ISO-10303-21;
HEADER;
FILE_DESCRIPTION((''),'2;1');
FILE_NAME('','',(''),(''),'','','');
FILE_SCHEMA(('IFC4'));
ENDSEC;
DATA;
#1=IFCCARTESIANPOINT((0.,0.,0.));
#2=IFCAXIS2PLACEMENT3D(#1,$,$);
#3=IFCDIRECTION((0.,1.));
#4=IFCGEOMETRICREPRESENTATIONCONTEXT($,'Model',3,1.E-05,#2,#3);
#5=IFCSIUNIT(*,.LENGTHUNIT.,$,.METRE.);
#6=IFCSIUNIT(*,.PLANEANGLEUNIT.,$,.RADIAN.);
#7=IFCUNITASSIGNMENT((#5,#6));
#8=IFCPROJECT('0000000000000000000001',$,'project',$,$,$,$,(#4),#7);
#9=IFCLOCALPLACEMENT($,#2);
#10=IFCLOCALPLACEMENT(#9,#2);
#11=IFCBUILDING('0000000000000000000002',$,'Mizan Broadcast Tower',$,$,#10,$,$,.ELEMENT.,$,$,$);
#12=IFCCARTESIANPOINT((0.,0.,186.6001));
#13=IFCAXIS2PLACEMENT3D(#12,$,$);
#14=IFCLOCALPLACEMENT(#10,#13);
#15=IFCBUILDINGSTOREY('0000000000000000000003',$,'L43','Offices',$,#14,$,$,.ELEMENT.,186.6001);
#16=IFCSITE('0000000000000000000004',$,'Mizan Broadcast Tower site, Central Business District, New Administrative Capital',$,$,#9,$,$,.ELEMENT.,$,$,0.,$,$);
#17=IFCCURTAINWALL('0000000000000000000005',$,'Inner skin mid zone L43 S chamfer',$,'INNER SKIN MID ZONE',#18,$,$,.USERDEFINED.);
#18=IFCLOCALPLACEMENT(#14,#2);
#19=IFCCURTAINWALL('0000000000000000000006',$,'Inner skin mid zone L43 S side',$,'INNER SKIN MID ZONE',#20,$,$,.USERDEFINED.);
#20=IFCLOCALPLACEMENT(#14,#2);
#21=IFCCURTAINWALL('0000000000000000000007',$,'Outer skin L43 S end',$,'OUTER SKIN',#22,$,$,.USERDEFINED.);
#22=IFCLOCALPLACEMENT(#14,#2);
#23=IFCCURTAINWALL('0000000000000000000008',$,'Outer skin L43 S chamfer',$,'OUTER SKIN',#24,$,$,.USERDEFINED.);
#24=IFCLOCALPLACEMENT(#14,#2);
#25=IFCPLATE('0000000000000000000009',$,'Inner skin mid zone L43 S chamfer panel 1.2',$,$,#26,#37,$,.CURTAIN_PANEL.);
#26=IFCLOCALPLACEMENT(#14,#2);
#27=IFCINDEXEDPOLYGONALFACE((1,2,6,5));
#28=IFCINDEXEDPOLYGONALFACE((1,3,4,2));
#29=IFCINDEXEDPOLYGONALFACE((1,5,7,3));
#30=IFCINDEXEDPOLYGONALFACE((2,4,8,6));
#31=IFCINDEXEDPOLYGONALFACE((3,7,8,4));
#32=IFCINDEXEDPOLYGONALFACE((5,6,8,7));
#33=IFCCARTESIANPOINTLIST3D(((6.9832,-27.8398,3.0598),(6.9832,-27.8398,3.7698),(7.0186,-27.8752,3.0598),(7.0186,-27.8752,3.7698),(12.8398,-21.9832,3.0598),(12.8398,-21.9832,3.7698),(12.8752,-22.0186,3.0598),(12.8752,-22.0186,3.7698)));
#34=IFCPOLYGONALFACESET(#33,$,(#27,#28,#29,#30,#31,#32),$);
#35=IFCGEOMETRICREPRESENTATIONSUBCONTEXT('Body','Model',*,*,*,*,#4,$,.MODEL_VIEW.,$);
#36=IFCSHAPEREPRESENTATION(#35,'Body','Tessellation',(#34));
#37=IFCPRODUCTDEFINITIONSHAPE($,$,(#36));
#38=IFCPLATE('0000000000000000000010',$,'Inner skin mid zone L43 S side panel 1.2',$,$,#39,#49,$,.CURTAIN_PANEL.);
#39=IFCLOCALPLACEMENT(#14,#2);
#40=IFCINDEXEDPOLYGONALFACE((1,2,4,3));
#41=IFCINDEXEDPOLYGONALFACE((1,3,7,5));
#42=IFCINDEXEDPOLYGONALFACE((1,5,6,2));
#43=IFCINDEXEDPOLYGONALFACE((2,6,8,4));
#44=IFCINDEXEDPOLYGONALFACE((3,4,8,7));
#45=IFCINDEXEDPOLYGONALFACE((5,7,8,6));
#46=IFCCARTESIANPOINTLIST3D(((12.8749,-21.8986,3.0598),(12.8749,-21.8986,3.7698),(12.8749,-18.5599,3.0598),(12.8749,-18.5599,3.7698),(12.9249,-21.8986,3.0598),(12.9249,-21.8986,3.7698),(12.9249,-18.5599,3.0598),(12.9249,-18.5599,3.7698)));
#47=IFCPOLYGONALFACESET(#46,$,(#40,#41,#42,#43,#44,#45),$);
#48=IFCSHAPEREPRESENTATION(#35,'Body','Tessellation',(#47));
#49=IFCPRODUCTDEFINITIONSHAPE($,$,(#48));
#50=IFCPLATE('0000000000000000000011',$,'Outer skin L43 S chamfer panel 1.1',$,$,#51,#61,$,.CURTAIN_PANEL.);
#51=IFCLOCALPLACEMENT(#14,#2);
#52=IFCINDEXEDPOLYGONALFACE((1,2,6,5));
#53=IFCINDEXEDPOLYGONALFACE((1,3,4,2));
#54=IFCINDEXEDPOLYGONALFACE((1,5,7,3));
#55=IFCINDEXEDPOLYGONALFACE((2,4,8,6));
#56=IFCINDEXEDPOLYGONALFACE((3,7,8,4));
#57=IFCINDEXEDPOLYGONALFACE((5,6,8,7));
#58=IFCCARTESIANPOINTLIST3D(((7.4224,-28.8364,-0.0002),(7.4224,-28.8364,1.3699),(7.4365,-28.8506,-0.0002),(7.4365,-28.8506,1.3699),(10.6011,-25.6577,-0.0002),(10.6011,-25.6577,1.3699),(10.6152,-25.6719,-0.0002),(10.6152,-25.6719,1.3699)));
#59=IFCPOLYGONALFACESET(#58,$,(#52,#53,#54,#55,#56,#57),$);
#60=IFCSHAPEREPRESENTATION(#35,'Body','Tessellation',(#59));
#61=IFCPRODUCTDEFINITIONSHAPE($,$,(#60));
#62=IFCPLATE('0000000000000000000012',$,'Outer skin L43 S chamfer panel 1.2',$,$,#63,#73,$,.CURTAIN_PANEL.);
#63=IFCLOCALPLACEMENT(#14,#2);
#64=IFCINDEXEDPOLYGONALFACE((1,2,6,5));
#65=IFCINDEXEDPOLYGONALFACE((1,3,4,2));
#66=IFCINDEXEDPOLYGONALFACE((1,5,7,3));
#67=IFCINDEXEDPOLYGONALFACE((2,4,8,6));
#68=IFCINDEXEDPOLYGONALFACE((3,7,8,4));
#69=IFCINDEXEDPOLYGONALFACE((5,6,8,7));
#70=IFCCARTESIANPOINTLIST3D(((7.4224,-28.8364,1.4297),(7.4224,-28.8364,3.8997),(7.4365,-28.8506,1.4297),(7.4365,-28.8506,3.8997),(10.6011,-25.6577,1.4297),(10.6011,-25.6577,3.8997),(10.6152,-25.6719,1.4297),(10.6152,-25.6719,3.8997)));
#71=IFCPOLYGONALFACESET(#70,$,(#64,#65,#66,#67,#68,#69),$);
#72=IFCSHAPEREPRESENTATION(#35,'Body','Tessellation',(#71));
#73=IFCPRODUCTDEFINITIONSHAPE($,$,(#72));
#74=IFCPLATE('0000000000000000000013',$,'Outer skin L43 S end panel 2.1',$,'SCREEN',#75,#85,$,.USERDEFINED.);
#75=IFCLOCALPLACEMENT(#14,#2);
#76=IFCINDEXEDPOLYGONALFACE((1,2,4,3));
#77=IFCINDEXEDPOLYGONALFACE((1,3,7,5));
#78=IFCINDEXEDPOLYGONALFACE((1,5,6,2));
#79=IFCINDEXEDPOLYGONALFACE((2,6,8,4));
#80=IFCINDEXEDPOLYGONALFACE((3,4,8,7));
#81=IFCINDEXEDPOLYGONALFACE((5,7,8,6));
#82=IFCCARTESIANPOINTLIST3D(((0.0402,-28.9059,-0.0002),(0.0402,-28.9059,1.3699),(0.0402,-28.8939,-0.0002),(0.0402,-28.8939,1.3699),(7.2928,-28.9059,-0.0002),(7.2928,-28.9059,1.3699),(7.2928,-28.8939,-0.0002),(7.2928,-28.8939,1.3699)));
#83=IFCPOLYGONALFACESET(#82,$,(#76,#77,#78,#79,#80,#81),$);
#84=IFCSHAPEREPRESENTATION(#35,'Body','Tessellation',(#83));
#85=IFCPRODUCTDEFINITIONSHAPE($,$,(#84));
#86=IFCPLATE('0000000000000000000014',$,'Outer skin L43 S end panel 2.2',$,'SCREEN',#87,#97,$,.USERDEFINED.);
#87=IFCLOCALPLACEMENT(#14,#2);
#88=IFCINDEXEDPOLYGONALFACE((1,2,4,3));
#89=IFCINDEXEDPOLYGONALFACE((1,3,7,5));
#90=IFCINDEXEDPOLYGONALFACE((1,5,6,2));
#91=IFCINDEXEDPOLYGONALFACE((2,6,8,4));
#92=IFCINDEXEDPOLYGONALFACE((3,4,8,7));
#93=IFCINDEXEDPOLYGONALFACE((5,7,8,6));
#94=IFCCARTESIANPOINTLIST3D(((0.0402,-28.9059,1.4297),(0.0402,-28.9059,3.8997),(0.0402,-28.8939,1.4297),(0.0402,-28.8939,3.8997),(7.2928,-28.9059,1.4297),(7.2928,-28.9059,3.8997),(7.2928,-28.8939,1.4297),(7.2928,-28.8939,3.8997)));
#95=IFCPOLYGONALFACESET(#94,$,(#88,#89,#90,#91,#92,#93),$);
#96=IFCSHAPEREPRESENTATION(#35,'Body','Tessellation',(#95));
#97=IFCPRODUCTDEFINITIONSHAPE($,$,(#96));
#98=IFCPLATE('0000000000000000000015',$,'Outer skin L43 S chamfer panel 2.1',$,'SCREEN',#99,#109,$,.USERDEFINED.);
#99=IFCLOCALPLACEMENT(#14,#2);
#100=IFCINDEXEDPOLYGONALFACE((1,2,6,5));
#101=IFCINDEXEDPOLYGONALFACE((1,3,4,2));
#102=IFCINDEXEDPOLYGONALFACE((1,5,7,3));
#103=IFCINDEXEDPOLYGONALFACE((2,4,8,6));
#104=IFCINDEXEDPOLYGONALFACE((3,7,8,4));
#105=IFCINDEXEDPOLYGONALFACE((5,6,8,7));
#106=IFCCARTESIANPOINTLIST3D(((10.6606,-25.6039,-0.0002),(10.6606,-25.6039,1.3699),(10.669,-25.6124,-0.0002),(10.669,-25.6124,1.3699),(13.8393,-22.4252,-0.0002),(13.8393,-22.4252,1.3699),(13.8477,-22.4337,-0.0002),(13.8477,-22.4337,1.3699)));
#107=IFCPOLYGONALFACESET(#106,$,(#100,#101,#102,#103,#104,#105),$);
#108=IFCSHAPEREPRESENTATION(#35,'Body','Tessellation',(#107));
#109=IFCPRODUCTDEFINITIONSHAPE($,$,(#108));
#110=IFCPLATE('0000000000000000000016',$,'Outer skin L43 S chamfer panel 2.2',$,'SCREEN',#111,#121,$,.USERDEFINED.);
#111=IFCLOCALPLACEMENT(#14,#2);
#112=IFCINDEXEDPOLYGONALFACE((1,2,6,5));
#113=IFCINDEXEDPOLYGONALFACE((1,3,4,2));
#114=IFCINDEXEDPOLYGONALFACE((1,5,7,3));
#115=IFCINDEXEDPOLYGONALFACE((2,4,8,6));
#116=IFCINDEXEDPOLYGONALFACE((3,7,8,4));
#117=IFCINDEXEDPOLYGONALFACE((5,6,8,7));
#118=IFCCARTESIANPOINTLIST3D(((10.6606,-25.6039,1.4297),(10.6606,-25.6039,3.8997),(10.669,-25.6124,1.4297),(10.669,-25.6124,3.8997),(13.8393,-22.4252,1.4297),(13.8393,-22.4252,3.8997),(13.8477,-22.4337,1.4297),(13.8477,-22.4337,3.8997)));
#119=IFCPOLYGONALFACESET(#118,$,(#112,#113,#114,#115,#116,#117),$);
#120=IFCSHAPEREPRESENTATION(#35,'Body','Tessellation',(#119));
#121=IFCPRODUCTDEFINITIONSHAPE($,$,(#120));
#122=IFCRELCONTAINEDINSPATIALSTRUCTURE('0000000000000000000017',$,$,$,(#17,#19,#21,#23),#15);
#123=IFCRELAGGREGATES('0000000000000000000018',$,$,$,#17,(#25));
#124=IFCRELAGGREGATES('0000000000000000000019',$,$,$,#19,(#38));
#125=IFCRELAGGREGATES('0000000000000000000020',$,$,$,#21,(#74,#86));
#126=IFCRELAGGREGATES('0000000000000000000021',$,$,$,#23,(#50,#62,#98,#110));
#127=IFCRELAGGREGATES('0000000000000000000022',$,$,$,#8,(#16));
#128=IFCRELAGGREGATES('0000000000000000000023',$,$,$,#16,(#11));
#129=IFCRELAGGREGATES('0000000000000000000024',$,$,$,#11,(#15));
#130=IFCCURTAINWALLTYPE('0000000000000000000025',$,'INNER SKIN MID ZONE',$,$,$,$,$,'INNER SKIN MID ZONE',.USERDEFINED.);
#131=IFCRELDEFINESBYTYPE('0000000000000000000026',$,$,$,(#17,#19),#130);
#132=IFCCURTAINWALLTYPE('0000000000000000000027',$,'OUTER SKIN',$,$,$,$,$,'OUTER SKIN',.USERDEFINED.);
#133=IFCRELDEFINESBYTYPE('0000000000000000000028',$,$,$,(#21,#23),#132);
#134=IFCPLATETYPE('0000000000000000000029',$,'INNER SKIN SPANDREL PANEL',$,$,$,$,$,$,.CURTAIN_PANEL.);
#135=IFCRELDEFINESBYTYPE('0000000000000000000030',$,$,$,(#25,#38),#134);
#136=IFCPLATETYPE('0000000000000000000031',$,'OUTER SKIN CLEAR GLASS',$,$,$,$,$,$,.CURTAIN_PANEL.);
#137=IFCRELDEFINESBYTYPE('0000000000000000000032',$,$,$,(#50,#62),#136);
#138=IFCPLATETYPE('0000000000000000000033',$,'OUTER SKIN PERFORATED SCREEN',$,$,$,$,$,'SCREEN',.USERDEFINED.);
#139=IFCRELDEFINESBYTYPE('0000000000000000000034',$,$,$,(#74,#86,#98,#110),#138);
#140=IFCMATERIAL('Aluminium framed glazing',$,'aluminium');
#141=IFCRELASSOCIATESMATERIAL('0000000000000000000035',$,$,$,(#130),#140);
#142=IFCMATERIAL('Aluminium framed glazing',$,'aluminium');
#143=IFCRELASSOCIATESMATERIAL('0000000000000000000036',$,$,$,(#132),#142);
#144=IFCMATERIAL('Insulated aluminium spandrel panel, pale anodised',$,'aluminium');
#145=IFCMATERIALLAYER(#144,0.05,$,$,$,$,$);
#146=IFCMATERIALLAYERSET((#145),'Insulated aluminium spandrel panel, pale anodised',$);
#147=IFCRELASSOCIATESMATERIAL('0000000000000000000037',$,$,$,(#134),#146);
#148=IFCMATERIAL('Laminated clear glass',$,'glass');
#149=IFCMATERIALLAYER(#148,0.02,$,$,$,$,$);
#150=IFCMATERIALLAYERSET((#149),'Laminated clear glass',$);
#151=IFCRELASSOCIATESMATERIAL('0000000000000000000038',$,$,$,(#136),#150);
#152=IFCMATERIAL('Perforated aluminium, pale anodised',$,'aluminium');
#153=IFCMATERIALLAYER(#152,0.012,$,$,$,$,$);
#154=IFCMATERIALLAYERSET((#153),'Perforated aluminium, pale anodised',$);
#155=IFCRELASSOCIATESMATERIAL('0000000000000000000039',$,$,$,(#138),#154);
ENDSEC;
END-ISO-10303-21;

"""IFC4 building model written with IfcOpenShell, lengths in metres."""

from ifc_helpers import new_model, si_unit, direction, frame, origin, origin_2d, place, context, subcontext, project, spatial, rectangle, extrude, material, layer, layer_set, type_object, element, aggregate, save


model = new_model("IFC4")

# Units and contexts
model_context = context("Model", 3, precision=1e-05, world=origin(), true_north=direction((0.0, 1.0)))
body_context = subcontext(model_context, "Body", "Model", "MODEL_VIEW")
ifc_project = project(units=[si_unit("LENGTHUNIT", "METRE"), si_unit("PLANEANGLEUNIT", "RADIAN")], contexts=[model_context])

# Site, building, storey
site_placement = place(None, origin())
site = spatial("IfcSite", under=ifc_project, at=site_placement, Name="Mizan Broadcast Tower site, Central Business District, New Administrative Capital", CompositionType="ELEMENT", RefElevation=0.0)
building_placement = place(site_placement, origin())
building = spatial("IfcBuilding", under=site, at=building_placement, Name="Mizan Broadcast Tower", CompositionType="ELEMENT")
storey_placement = place(building_placement, frame((0.0, 0.0, 186.6001)))
storey = spatial("IfcBuildingStorey", under=building, at=storey_placement, Name="L43", Description="Offices", CompositionType="ELEMENT", Elevation=186.6001)

# Shared definitions
ifc_material_1 = material(Name="Aluminium framed glazing", Category="aluminium")
curtain_wall_type_1 = type_object("IfcCurtainWallType", Name="INNER SKIN MID ZONE", ElementType="INNER SKIN MID ZONE", PredefinedType="USERDEFINED", material=ifc_material_1)

# Curtain wall
curtain_wall_1_placement = place(storey_placement, origin())
curtain_wall_1 = element("IfcCurtainWall", 1, at=curtain_wall_1_placement, inside=storey, type_object=curtain_wall_type_1, Name="Inner skin mid zone L43 S chamfer", ObjectType="INNER SKIN MID ZONE", PredefinedType="USERDEFINED")

# Curtain wall
curtain_wall_2_placement = place(storey_placement, origin())
curtain_wall_2 = element("IfcCurtainWall", 2, at=curtain_wall_2_placement, inside=storey, type_object=curtain_wall_type_1, Name="Inner skin mid zone L43 S side", ObjectType="INNER SKIN MID ZONE", PredefinedType="USERDEFINED")

# Curtain wall
ifc_material_2 = material(Name="Aluminium framed glazing", Category="aluminium")
curtain_wall_type_2 = type_object("IfcCurtainWallType", Name="OUTER SKIN", ElementType="OUTER SKIN", PredefinedType="USERDEFINED", material=ifc_material_2)
curtain_wall_3_placement = place(storey_placement, origin())
curtain_wall_3 = element("IfcCurtainWall", 3, at=curtain_wall_3_placement, inside=storey, type_object=curtain_wall_type_2, Name="Outer skin L43 S end", ObjectType="OUTER SKIN", PredefinedType="USERDEFINED")

# Curtain wall
curtain_wall_4_placement = place(storey_placement, origin())
curtain_wall_4 = element("IfcCurtainWall", 4, at=curtain_wall_4_placement, inside=storey, type_object=curtain_wall_type_2, Name="Outer skin L43 S chamfer", ObjectType="OUTER SKIN", PredefinedType="USERDEFINED")

# Plates
ifc_material_3 = material(Name="Insulated aluminium spandrel panel, pale anodised", Category="aluminium")
ifc_layer_1 = layer(ifc_material_3, 0.05)
ifc_layer_set_1 = layer_set([ifc_layer_1], Name="Insulated aluminium spandrel panel, pale anodised")
plate_type_1 = type_object("IfcPlateType", Name="INNER SKIN SPANDREL PANEL", PredefinedType="CURTAIN_PANEL", material=ifc_layer_set_1)
plate_1_placement = place(storey_placement, frame((9.9292, -24.9292, 3.0598), z_axis=(0.0, 0.0, 1.0), x_axis=(0.707107, 0.707107, 0.0)))
plate_1 = element("IfcPlate", 5, at=plate_1_placement, type_object=plate_type_1, Name="Inner skin mid zone L43 S chamfer panel 1.2", PredefinedType="CURTAIN_PANEL", context=body_context, shape_type="SweptSolid", body=[
    extrude(rectangle(XDim=8.2825, YDim=0.05, at=origin_2d()), origin(), (0.0, 0.0, 1.0), 0.71),
])
aggregate(curtain_wall_1, [plate_1])
plate_2_placement = place(storey_placement, frame((12.8999, -20.2292, 3.0598), z_axis=(0.0, 0.0, 1.0), x_axis=(0.0, 1.0, 0.0)))
plate_2 = element("IfcPlate", 6, at=plate_2_placement, type_object=plate_type_1, Name="Inner skin mid zone L43 S side panel 1.2", PredefinedType="CURTAIN_PANEL", context=body_context, shape_type="SweptSolid", body=[
    extrude(rectangle(XDim=3.3386, YDim=0.05, at=origin_2d()), origin(), (0.0, 0.0, 1.0), 0.71),
])
aggregate(curtain_wall_2, [plate_2])
ifc_material_4 = material(Name="Laminated clear glass", Category="glass")
ifc_layer_2 = layer(ifc_material_4, 0.02)
ifc_layer_set_2 = layer_set([ifc_layer_2], Name="Laminated clear glass")
plate_type_2 = type_object("IfcPlateType", Name="OUTER SKIN CLEAR GLASS", PredefinedType="CURTAIN_PANEL", material=ifc_layer_set_2)
plate_3_placement = place(storey_placement, frame((9.0188, -27.2542, -0.0002), z_axis=(0.0, 0.0, 1.0), x_axis=(0.707107, 0.707107, 0.0)))
plate_3 = element("IfcPlate", 7, at=plate_3_placement, type_object=plate_type_2, Name="Outer skin L43 S chamfer panel 1.1", PredefinedType="CURTAIN_PANEL", context=body_context, shape_type="SweptSolid", body=[
    extrude(rectangle(XDim=4.4954, YDim=0.02, at=origin_2d()), origin(), (0.0, 0.0, 1.0), 1.3701),
])
plate_4_placement = place(storey_placement, frame((9.0188, -27.2542, 1.4297), z_axis=(0.0, 0.0, 1.0), x_axis=(0.707107, 0.707107, 0.0)))
plate_4 = element("IfcPlate", 8, at=plate_4_placement, type_object=plate_type_2, Name="Outer skin L43 S chamfer panel 1.2", PredefinedType="CURTAIN_PANEL", context=body_context, shape_type="SweptSolid", body=[
    extrude(rectangle(XDim=4.4954, YDim=0.02, at=origin_2d()), origin(), (0.0, 0.0, 1.0), 2.47),
])
ifc_material_5 = material(Name="Perforated aluminium, pale anodised", Category="aluminium")
ifc_layer_3 = layer(ifc_material_5, 0.012)
ifc_layer_set_3 = layer_set([ifc_layer_3], Name="Perforated aluminium, pale anodised")
plate_type_3 = type_object("IfcPlateType", Name="OUTER SKIN PERFORATED SCREEN", ElementType="SCREEN", PredefinedType="USERDEFINED", material=ifc_layer_set_3)
plate_5_placement = place(storey_placement, frame((3.6665, -28.8999, -0.0002), z_axis=(0.0, 0.0, 1.0), x_axis=(1.0, 0.0, 0.0)))
plate_5 = element("IfcPlate", 9, at=plate_5_placement, type_object=plate_type_3, Name="Outer skin L43 S end panel 2.1", ObjectType="SCREEN", PredefinedType="USERDEFINED", context=body_context, shape_type="SweptSolid", body=[
    extrude(rectangle(XDim=7.2527, YDim=0.012, at=origin_2d()), origin(), (0.0, 0.0, 1.0), 1.3701),
])
plate_6_placement = place(storey_placement, frame((3.6665, -28.8999, 1.4297), z_axis=(0.0, 0.0, 1.0), x_axis=(1.0, 0.0, 0.0)))
plate_6 = element("IfcPlate", 10, at=plate_6_placement, type_object=plate_type_3, Name="Outer skin L43 S end panel 2.2", ObjectType="SCREEN", PredefinedType="USERDEFINED", context=body_context, shape_type="SweptSolid", body=[
    extrude(rectangle(XDim=7.2527, YDim=0.012, at=origin_2d()), origin(), (0.0, 0.0, 1.0), 2.47),
])
aggregate(curtain_wall_3, [plate_5, plate_6])
plate_7_placement = place(storey_placement, frame((12.2542, -24.0188, -0.0002), z_axis=(0.0, 0.0, 1.0), x_axis=(0.707107, 0.707107, 0.0)))
plate_7 = element("IfcPlate", 11, at=plate_7_placement, type_object=plate_type_3, Name="Outer skin L43 S chamfer panel 2.1", ObjectType="SCREEN", PredefinedType="USERDEFINED", context=body_context, shape_type="SweptSolid", body=[
    extrude(rectangle(XDim=4.4954, YDim=0.012, at=origin_2d()), origin(), (0.0, 0.0, 1.0), 1.3701),
])
plate_8_placement = place(storey_placement, frame((12.2542, -24.0188, 1.4297), z_axis=(0.0, 0.0, 1.0), x_axis=(0.707107, 0.707107, 0.0)))
plate_8 = element("IfcPlate", 12, at=plate_8_placement, type_object=plate_type_3, Name="Outer skin L43 S chamfer panel 2.2", ObjectType="SCREEN", PredefinedType="USERDEFINED", context=body_context, shape_type="SweptSolid", body=[
    extrude(rectangle(XDim=4.4954, YDim=0.012, at=origin_2d()), origin(), (0.0, 0.0, 1.0), 2.47),
])
aggregate(curtain_wall_4, [plate_3, plate_4, plate_7, plate_8])

save(model, "model.ifc")
